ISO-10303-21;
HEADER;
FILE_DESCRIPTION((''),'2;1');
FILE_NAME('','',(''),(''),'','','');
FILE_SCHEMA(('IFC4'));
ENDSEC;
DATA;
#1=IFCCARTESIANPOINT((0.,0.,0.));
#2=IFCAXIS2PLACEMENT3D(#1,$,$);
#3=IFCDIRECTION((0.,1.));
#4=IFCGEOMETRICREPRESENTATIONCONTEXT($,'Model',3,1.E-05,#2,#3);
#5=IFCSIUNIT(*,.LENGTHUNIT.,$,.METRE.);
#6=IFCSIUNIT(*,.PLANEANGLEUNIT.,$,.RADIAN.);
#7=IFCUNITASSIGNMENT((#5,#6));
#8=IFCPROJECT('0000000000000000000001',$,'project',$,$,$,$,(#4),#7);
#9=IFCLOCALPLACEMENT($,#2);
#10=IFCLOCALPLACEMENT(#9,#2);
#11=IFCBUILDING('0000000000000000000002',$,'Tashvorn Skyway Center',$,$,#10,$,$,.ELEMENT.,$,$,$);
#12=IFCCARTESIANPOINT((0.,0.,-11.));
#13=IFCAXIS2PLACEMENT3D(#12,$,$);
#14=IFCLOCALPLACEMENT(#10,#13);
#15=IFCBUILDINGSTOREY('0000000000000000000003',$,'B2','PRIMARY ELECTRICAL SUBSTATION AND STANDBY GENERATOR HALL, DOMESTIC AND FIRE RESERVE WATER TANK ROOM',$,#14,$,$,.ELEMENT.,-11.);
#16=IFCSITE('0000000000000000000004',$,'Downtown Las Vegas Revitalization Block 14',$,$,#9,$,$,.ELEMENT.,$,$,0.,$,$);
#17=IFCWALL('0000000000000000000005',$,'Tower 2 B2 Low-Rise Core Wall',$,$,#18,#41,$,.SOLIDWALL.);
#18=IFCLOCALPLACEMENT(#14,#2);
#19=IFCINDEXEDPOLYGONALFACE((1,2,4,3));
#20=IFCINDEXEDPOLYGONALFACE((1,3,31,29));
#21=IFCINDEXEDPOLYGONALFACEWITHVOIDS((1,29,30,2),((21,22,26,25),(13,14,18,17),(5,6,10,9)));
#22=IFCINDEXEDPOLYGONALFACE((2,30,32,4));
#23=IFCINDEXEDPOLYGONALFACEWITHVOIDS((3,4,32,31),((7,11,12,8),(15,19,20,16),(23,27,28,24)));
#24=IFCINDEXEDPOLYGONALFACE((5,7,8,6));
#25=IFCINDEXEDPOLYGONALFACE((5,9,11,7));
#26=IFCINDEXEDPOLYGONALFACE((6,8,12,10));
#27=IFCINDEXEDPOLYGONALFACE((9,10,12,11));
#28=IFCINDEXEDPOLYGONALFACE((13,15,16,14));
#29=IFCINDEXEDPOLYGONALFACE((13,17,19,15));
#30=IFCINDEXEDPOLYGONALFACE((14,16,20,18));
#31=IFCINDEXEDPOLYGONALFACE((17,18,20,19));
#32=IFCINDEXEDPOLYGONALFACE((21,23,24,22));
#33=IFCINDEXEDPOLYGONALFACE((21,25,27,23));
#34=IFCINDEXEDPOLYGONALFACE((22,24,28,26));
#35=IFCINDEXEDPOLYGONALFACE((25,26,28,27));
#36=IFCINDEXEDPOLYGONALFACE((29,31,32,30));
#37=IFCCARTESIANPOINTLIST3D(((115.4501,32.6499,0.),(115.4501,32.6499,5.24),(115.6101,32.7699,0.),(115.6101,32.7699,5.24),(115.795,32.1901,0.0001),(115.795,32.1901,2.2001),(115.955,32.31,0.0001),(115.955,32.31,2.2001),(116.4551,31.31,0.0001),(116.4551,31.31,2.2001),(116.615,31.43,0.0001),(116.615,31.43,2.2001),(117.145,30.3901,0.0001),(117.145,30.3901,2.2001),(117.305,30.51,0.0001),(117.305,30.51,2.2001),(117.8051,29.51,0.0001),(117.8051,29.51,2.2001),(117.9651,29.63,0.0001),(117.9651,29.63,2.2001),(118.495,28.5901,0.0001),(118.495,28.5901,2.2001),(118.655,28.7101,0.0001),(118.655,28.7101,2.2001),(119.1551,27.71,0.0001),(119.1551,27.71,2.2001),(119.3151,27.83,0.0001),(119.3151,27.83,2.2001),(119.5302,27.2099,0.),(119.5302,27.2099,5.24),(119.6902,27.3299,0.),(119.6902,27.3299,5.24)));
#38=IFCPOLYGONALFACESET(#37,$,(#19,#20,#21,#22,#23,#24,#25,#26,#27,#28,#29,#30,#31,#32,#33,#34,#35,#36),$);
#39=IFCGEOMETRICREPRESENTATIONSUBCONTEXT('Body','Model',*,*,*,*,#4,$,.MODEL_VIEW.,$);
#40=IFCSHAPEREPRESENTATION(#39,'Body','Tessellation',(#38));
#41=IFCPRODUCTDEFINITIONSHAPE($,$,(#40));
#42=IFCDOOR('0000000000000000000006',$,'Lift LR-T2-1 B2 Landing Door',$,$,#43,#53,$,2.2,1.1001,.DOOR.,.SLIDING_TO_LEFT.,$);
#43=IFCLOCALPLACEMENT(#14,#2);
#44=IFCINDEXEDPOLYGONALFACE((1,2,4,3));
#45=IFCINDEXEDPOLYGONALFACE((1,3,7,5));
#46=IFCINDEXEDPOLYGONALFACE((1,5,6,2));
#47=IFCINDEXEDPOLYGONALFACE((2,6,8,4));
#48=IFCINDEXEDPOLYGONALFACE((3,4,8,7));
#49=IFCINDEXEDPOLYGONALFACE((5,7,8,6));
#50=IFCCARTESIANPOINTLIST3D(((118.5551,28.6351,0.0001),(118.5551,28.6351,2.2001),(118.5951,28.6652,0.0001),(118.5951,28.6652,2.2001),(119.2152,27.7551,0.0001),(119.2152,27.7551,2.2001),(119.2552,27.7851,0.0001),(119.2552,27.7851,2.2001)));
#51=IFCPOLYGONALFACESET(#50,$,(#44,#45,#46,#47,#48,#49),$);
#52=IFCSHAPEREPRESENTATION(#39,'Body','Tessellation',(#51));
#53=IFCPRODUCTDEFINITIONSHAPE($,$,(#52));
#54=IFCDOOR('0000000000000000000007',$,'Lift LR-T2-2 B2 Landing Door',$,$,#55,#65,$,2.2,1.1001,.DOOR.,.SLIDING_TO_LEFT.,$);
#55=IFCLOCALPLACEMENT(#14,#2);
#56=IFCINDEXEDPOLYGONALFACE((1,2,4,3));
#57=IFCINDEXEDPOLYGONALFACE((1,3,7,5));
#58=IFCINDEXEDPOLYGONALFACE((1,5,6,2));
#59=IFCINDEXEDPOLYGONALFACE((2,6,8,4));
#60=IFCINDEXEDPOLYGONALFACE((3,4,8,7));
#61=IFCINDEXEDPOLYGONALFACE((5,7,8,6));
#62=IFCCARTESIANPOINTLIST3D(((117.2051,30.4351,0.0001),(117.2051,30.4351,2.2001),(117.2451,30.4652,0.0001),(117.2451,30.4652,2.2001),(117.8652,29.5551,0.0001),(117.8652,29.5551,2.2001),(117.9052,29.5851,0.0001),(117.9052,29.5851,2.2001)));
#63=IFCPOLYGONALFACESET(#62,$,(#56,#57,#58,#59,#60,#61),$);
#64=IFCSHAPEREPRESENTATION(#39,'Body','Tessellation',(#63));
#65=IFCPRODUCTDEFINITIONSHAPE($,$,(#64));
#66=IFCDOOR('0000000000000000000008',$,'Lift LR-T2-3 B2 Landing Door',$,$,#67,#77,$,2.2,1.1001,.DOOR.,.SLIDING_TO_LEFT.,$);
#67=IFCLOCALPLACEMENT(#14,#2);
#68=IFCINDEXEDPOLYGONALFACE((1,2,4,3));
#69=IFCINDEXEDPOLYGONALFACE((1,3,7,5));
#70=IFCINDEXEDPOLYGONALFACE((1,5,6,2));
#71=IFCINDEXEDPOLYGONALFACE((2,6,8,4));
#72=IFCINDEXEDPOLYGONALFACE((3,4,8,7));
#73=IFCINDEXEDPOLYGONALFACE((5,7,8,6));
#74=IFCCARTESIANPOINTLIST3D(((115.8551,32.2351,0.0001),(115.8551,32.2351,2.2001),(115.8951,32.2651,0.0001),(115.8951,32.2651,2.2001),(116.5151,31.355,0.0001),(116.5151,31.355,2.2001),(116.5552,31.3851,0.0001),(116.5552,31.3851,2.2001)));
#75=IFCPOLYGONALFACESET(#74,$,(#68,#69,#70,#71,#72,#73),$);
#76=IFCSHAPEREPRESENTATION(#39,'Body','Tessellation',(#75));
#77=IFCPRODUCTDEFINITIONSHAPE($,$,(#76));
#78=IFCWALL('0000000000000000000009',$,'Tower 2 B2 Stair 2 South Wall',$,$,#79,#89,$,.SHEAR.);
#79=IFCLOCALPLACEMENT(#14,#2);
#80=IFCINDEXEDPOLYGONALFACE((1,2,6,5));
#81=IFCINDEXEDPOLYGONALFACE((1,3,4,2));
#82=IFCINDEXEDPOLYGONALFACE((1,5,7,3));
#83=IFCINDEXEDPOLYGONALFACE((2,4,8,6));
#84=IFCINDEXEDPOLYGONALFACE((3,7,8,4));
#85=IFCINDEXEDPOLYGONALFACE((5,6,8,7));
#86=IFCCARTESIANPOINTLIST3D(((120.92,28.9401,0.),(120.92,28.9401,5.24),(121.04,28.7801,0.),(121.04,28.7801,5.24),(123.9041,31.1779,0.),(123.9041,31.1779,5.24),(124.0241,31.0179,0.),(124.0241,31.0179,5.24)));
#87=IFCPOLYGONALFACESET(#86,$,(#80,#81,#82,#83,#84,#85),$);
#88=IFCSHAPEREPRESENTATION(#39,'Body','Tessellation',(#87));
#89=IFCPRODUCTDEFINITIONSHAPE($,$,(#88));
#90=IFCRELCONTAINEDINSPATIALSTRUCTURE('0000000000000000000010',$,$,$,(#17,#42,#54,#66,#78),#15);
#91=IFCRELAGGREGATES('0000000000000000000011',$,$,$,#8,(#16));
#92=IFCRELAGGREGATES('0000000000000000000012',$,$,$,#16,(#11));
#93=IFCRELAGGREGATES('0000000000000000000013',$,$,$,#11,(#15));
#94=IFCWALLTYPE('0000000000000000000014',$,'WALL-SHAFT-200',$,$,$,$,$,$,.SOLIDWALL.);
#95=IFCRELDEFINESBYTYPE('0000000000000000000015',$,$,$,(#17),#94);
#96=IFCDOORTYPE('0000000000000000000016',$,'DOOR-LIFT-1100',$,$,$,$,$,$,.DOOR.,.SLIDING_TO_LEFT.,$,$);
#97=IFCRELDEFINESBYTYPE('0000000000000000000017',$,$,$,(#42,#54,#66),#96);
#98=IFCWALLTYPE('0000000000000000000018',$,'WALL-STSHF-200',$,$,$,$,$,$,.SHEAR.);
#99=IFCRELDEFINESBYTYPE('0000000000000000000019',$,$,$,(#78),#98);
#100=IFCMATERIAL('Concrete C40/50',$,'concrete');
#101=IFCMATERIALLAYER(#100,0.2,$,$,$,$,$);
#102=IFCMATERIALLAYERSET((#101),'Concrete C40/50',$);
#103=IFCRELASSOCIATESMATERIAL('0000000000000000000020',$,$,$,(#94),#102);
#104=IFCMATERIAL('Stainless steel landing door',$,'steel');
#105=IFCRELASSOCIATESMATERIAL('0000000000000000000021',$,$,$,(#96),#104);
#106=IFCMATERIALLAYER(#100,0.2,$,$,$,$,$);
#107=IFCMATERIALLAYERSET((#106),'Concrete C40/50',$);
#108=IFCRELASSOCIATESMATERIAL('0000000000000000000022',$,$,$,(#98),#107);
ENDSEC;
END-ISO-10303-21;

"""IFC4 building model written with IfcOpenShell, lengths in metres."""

from ifc_helpers import new_model, si_unit, direction, frame, frame_2d, origin, place, context, subcontext, project, spatial, rectangle, extrude, material, layer, layer_set, type_object, element, fill, save


model = new_model("IFC4")

# Units and contexts
model_context = context("Model", 3, precision=1e-05, world=origin(), true_north=direction((0.0, 1.0)))
body_context = subcontext(model_context, "Body", "Model", "MODEL_VIEW")
ifc_project = project(units=[si_unit("LENGTHUNIT", "METRE"), si_unit("PLANEANGLEUNIT", "RADIAN")], contexts=[model_context])

# Site, building, storey
site_placement = place(None, origin())
site = spatial("IfcSite", under=ifc_project, at=site_placement, Name="Downtown Las Vegas Revitalization Block 14", CompositionType="ELEMENT", RefElevation=0.0)
building_placement = place(site_placement, origin())
building = spatial("IfcBuilding", under=site, at=building_placement, Name="Tashvorn Skyway Center", CompositionType="ELEMENT")
storey_placement = place(building_placement, frame((0.0, 0.0, -11.0)))
storey = spatial("IfcBuildingStorey", under=building, at=storey_placement, Name="B2", Description="PRIMARY ELECTRICAL SUBSTATION AND STANDBY GENERATOR HALL, DOMESTIC AND FIRE RESERVE WATER TANK ROOM", CompositionType="ELEMENT", Elevation=-11.0)

# Wall, openings, doors
ifc_material_1 = material(Name="Concrete C40/50", Category="concrete")
ifc_layer_1 = layer(ifc_material_1, 0.2)
ifc_layer_set_1 = layer_set([ifc_layer_1], Name="Concrete C40/50")
wall_type_1 = type_object("IfcWallType", Name="WALL-SHAFT-200", PredefinedType="SOLIDWALL", material=ifc_layer_set_1)
wall_1_placement = place(storey_placement, frame((119.6101, 27.27, 0.0), z_axis=(0.0, 0.0, 1.0), x_axis=(-0.600011, 0.799991, 0.0)))
wall_1 = element("IfcWall", 1, at=wall_1_placement, inside=storey, type_object=wall_type_1, Name="Tower 2 B2 Low-Rise Core Wall", PredefinedType="SOLIDWALL", context=body_context, shape_type="SweptSolid", body=[
    extrude(rectangle(XDim=6.8, YDim=0.2, at=frame_2d((3.3999, 0.0))), origin(), (0.0, 0.0, 1.0), 5.24),
])
opening_1_placement = place(wall_1_placement, frame((0.625, 0.0, 0.0)))
opening_1 = element("IfcOpeningElement", 2, at=opening_1_placement, cuts=wall_1, PredefinedType="OPENING", context=body_context, shape_type="SweptSolid", body=[
    extrude(rectangle(XDim=1.1001, YDim=2.2, at=frame_2d((0.55, 1.1001))), frame((0.0, 0.1099, 0.0), z_axis=(0.0, -1.0, 0.0), x_axis=(1.0, 0.0, 0.0)), (0.0, 0.0, 1.0), 0.22),
])
opening_2_placement = place(wall_1_placement, frame((2.875, 0.0, 0.0)))
opening_2 = element("IfcOpeningElement", 3, at=opening_2_placement, cuts=wall_1, PredefinedType="OPENING", context=body_context, shape_type="SweptSolid", body=[
    extrude(rectangle(XDim=1.1001, YDim=2.2, at=frame_2d((0.55, 1.1001))), frame((0.0, 0.1099, 0.0), z_axis=(0.0, -1.0, 0.0), x_axis=(1.0, 0.0, 0.0)), (0.0, 0.0, 1.0), 0.22),
])
opening_3_placement = place(wall_1_placement, frame((5.125, 0.0, 0.0)))
opening_3 = element("IfcOpeningElement", 4, at=opening_3_placement, cuts=wall_1, PredefinedType="OPENING", context=body_context, shape_type="SweptSolid", body=[
    extrude(rectangle(XDim=1.1001, YDim=2.2, at=frame_2d((0.55, 1.1001))), frame((0.0, 0.1099, 0.0), z_axis=(0.0, -1.0, 0.0), x_axis=(1.0, 0.0, 0.0)), (0.0, 0.0, 1.0), 0.22),
])
ifc_material_2 = material(Name="Stainless steel landing door", Category="steel")
door_type_1 = type_object("IfcDoorType", Name="DOOR-LIFT-1100", OperationType="SLIDING_TO_LEFT", PredefinedType="DOOR", material=ifc_material_2)
door_1_placement = place(opening_1_placement, origin())
door_1 = element("IfcDoor", 5, at=door_1_placement, inside=storey, type_object=door_type_1, Name="Lift LR-T2-1 B2 Landing Door", OperationType="SLIDING_TO_LEFT", OverallHeight=2.2, OverallWidth=1.1001, PredefinedType="DOOR", context=body_context, shape_type="SweptSolid", body=[
    extrude(rectangle(XDim=1.1001, YDim=2.2, at=frame_2d((0.55, 1.1001))), frame((0.0, 0.0249, 0.0), z_axis=(0.0, -1.0, 0.0), x_axis=(1.0, 0.0, 0.0)), (0.0, 0.0, 1.0), 0.05),
])
fill(opening_1, door_1)
door_2_placement = place(opening_2_placement, origin())
door_2 = element("IfcDoor", 6, at=door_2_placement, inside=storey, type_object=door_type_1, Name="Lift LR-T2-2 B2 Landing Door", OperationType="SLIDING_TO_LEFT", OverallHeight=2.2, OverallWidth=1.1001, PredefinedType="DOOR", context=body_context, shape_type="SweptSolid", body=[
    extrude(rectangle(XDim=1.1001, YDim=2.2, at=frame_2d((0.55, 1.1001))), frame((0.0, 0.0249, 0.0), z_axis=(0.0, -1.0, 0.0), x_axis=(1.0, 0.0, 0.0)), (0.0, 0.0, 1.0), 0.05),
])
fill(opening_2, door_2)
door_3_placement = place(opening_3_placement, origin())
door_3 = element("IfcDoor", 7, at=door_3_placement, inside=storey, type_object=door_type_1, Name="Lift LR-T2-3 B2 Landing Door", OperationType="SLIDING_TO_LEFT", OverallHeight=2.2, OverallWidth=1.1001, PredefinedType="DOOR", context=body_context, shape_type="SweptSolid", body=[
    extrude(rectangle(XDim=1.1001, YDim=2.2, at=frame_2d((0.55, 1.1001))), frame((0.0, 0.0249, 0.0), z_axis=(0.0, -1.0, 0.0), x_axis=(1.0, 0.0, 0.0)), (0.0, 0.0, 1.0), 0.05),
])
fill(opening_3, door_3)

# Wall
ifc_layer_2 = layer(ifc_material_1, 0.2)
ifc_layer_set_2 = layer_set([ifc_layer_2], Name="Concrete C40/50")
wall_type_2 = type_object("IfcWallType", Name="WALL-STSHF-200", PredefinedType="SHEAR", material=ifc_layer_set_2)
wall_2_placement = place(storey_placement, frame((120.98, 28.8601, 0.0), z_axis=(0.0, 0.0, 1.0), x_axis=(0.800039, 0.599948, 0.0)))
element("IfcWall", 8, at=wall_2_placement, inside=storey, type_object=wall_type_2, Name="Tower 2 B2 Stair 2 South Wall", PredefinedType="SHEAR", context=body_context, shape_type="SweptSolid", body=[
    extrude(rectangle(XDim=3.73, YDim=0.2, at=frame_2d((1.865, 0.0))), origin(), (0.0, 0.0, 1.0), 5.24),
])

save(model, "model.ifc")
